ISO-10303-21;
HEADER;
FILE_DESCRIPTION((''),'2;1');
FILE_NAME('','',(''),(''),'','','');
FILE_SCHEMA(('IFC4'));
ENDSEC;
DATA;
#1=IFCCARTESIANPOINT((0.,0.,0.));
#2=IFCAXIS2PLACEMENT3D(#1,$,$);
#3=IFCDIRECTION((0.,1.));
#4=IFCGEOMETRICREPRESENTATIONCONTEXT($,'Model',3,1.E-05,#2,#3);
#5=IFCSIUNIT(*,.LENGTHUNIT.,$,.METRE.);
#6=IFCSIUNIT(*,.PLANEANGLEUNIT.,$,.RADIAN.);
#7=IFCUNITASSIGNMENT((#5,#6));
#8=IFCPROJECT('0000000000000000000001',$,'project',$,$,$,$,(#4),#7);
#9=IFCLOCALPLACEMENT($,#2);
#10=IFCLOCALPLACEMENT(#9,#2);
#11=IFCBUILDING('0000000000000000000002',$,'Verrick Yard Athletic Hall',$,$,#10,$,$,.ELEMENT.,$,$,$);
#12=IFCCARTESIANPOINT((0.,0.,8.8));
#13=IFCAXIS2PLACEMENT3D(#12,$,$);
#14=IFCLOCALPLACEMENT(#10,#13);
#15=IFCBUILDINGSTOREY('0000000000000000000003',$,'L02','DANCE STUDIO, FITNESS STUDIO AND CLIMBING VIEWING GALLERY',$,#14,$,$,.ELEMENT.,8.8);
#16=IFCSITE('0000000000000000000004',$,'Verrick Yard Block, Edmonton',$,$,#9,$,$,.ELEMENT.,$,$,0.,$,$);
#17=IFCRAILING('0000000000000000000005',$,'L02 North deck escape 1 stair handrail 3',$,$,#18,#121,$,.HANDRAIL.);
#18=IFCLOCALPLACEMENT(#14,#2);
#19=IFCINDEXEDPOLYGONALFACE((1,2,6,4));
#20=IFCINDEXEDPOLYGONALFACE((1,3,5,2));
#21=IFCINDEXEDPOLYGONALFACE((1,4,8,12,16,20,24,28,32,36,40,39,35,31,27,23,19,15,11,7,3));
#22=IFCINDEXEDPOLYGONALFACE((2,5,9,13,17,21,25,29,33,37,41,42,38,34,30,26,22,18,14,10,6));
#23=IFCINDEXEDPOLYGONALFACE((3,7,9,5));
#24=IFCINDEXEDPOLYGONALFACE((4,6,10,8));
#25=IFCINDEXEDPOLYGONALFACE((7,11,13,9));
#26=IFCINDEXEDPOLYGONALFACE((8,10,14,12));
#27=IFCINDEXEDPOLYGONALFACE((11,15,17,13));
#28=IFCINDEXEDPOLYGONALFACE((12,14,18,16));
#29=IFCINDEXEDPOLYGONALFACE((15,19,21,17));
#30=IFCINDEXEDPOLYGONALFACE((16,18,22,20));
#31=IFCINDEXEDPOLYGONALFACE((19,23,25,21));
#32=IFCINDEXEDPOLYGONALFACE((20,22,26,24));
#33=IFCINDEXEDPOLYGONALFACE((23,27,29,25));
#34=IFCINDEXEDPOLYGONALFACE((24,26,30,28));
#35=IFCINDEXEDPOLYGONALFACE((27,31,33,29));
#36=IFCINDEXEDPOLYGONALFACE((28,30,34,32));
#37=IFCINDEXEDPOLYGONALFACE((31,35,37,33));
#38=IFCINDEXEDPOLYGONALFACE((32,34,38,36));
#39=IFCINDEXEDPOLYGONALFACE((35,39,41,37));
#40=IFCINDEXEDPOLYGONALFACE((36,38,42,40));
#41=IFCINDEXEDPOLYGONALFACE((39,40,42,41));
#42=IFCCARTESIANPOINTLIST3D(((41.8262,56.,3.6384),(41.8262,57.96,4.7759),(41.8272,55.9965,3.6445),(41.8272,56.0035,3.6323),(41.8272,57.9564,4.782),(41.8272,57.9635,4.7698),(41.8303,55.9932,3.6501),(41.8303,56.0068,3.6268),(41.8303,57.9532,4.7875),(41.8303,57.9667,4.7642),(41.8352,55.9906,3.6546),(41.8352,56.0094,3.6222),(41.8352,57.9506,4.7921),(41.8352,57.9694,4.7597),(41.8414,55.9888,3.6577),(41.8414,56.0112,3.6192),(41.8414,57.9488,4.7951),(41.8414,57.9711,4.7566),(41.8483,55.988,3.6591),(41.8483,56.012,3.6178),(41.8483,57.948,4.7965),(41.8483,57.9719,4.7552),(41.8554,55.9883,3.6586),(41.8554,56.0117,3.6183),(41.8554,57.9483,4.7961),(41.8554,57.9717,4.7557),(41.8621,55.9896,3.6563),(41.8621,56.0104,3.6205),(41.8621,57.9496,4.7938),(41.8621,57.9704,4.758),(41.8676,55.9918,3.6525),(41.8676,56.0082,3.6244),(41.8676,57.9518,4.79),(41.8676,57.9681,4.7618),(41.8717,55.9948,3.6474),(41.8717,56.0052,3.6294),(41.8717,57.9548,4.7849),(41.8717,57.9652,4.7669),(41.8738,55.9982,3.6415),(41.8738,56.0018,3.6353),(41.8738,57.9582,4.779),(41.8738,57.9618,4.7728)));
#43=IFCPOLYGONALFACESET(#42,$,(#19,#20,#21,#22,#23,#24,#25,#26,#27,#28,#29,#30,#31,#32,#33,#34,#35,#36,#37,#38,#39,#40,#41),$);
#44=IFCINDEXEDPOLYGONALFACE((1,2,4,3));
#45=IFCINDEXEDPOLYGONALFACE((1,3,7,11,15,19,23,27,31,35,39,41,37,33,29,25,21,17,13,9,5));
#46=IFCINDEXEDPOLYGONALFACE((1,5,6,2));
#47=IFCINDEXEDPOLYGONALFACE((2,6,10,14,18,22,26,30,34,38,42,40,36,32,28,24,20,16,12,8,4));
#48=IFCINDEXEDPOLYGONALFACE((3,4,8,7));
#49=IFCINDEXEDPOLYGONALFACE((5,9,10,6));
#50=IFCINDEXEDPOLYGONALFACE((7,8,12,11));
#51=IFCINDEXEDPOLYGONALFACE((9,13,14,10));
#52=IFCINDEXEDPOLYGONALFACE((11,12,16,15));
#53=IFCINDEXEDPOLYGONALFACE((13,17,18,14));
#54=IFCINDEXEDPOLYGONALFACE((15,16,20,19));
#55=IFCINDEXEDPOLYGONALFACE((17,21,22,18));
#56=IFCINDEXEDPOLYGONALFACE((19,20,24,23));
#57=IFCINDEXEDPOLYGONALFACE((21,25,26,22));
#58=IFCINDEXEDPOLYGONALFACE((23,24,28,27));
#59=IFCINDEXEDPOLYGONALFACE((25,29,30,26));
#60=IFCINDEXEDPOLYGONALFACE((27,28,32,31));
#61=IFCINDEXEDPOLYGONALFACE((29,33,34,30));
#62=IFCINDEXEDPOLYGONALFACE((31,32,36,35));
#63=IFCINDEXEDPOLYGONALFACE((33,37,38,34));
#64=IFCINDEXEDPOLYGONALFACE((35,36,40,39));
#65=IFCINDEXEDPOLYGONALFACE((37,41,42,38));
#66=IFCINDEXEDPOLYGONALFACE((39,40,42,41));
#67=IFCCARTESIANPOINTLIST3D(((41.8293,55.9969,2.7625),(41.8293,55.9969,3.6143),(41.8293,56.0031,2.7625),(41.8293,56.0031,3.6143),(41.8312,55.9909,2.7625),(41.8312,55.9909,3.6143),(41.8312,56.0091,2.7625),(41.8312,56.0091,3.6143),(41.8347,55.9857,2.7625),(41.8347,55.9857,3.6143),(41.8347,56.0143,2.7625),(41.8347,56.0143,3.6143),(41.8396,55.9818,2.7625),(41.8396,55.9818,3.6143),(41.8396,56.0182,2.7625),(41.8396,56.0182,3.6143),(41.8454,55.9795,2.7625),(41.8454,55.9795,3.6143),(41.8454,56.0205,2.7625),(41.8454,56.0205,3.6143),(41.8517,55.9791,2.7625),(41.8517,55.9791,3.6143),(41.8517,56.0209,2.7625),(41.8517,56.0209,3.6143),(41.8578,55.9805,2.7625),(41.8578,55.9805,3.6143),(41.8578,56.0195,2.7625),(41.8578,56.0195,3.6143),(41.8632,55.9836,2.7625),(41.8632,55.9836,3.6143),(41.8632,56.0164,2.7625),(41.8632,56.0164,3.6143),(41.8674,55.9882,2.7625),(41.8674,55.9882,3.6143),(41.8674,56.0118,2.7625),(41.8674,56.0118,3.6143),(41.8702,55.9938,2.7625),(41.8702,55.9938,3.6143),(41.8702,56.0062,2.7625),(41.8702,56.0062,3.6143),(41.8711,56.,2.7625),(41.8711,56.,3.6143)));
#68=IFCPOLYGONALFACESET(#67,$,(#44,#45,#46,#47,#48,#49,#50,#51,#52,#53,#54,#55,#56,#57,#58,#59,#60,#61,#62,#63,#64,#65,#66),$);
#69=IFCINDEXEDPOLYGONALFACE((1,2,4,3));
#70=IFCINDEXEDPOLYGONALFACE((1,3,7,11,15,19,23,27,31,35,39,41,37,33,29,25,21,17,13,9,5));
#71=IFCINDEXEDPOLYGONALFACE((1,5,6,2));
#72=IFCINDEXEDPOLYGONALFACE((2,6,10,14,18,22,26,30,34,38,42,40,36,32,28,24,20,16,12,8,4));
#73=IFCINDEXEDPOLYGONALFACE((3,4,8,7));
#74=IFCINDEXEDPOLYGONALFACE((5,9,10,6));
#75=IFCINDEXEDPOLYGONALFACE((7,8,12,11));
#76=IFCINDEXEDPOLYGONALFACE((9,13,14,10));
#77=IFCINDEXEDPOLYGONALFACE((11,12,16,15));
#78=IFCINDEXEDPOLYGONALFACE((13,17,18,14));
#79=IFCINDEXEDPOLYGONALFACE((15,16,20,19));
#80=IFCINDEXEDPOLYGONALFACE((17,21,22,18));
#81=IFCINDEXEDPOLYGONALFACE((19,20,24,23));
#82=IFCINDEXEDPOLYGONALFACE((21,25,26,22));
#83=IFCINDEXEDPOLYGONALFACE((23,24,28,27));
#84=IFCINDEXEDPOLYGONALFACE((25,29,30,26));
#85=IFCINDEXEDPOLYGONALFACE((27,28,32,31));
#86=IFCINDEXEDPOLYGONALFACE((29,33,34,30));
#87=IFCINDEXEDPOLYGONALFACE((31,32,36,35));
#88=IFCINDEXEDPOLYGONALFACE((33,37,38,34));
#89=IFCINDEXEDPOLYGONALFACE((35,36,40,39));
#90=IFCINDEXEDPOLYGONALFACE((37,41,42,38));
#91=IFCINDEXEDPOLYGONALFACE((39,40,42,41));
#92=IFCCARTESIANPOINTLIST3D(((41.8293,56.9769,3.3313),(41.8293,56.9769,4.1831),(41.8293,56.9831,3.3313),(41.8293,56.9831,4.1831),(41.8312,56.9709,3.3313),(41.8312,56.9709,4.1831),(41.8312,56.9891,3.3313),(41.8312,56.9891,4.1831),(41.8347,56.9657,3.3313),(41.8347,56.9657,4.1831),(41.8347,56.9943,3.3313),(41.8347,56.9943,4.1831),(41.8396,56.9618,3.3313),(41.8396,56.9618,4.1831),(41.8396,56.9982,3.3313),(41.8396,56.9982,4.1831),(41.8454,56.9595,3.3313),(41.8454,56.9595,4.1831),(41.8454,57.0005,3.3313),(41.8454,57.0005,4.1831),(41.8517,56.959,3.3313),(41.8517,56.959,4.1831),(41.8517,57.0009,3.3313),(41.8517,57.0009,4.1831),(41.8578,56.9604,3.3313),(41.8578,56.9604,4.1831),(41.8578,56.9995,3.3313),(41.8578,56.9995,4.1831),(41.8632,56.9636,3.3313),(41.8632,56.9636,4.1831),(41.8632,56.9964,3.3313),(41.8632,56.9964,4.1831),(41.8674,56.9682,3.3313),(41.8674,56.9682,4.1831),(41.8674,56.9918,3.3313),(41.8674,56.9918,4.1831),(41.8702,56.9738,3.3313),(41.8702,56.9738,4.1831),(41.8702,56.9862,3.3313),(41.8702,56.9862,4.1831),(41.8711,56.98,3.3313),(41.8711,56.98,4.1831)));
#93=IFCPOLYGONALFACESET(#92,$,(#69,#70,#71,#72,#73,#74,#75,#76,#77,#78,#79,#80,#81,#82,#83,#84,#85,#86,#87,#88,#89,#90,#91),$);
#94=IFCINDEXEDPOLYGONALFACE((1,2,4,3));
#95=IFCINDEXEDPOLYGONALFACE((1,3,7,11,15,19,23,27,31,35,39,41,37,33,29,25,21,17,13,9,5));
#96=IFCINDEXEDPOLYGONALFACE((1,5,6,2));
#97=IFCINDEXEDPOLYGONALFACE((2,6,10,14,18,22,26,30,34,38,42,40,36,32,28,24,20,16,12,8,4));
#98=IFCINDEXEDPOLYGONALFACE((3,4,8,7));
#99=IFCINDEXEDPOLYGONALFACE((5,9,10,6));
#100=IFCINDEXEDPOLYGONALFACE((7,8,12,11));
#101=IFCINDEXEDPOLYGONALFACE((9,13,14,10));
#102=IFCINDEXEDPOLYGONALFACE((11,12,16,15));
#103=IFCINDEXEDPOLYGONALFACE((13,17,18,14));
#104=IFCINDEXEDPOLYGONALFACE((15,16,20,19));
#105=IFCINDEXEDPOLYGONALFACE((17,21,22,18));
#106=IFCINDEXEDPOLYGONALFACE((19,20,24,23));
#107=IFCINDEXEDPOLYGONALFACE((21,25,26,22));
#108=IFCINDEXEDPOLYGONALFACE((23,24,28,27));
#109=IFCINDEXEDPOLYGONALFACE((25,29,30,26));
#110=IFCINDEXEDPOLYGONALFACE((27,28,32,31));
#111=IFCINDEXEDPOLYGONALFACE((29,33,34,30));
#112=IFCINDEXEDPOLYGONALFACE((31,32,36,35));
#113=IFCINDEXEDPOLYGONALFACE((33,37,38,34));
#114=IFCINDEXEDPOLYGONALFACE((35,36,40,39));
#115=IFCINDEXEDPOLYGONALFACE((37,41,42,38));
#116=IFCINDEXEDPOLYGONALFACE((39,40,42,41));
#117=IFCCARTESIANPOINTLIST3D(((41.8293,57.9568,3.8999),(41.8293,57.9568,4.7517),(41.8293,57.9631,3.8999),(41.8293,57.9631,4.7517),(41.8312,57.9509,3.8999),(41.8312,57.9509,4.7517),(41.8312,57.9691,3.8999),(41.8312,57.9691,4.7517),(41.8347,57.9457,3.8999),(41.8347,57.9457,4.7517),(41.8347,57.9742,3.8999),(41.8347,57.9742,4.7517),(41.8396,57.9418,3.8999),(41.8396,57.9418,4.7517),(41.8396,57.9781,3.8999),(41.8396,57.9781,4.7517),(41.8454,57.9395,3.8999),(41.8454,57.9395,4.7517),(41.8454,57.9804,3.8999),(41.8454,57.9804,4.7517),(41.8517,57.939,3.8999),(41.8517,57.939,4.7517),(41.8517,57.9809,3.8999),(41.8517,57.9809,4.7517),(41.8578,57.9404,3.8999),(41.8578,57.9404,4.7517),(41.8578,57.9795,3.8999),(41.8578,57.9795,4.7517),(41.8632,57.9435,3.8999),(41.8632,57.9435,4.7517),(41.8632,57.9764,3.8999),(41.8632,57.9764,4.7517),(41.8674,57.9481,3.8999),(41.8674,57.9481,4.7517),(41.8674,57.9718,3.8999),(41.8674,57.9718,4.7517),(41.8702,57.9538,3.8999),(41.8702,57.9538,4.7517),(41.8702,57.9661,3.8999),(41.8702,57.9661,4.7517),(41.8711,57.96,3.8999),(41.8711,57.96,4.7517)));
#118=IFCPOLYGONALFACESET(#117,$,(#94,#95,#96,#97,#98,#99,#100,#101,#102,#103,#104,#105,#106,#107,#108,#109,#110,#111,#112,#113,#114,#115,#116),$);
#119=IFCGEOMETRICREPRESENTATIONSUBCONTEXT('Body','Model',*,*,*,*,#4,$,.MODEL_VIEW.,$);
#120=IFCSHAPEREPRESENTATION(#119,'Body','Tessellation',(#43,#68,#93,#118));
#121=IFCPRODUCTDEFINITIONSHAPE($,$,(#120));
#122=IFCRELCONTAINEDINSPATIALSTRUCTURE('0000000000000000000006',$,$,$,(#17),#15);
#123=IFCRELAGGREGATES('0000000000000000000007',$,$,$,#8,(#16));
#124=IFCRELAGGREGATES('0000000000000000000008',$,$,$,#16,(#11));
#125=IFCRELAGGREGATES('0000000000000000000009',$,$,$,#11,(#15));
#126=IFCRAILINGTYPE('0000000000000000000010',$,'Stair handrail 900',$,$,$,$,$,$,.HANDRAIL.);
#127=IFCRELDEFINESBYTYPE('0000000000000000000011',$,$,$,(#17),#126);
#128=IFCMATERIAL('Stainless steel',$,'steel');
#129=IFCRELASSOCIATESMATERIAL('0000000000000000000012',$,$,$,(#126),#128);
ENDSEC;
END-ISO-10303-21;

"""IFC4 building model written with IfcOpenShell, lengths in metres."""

from ifc_helpers import new_model, si_unit, direction, frame, origin, origin_2d, place, context, subcontext, project, spatial, circle, extrude, material, type_object, element, save


model = new_model("IFC4")

# Units and contexts
model_context = context("Model", 3, precision=1e-05, world=origin(), true_north=direction((0.0, 1.0)))
body_context = subcontext(model_context, "Body", "Model", "MODEL_VIEW")
ifc_project = project(units=[si_unit("LENGTHUNIT", "METRE"), si_unit("PLANEANGLEUNIT", "RADIAN")], contexts=[model_context])

# Site, building, storey
site_placement = place(None, origin())
site = spatial("IfcSite", under=ifc_project, at=site_placement, Name="Verrick Yard Block, Edmonton", CompositionType="ELEMENT", RefElevation=0.0)
building_placement = place(site_placement, origin())
building = spatial("IfcBuilding", under=site, at=building_placement, Name="Verrick Yard Athletic Hall", CompositionType="ELEMENT")
storey_placement = place(building_placement, frame((0.0, 0.0, 8.8)))
storey = spatial("IfcBuildingStorey", under=building, at=storey_placement, Name="L02", Description="DANCE STUDIO, FITNESS STUDIO AND CLIMBING VIEWING GALLERY", CompositionType="ELEMENT", Elevation=8.8)

# Railing
ifc_material_1 = material(Name="Stainless steel", Category="steel")
railing_type_1 = type_object("IfcRailingType", Name="Stair handrail 900", PredefinedType="HANDRAIL", material=ifc_material_1)
railing_1_placement = place(storey_placement, frame((41.8501, 56.0, 2.7625)))
element("IfcRailing", 1, at=railing_1_placement, inside=storey, type_object=railing_type_1, Name="L02 North deck escape 1 stair handrail 3", PredefinedType="HANDRAIL", context=body_context, shape_type="SweptSolid", body=[
    extrude(circle(Radius=0.0239, at=origin_2d()), frame((0.0, 0.0, 0.876), z_axis=(0.0, 0.864902, 0.501941), x_axis=(-1.0, 0.0, 0.0)), (0.0, 0.0, 1.0), 2.2661),
    extrude(circle(Radius=0.021, at=origin_2d()), origin(), (0.0, 0.0, 1.0), 0.8518),
    extrude(circle(Radius=0.021, at=origin_2d()), frame((0.0, 0.98, 0.5688)), (0.0, 0.0, 1.0), 0.8518),
    extrude(circle(Radius=0.021, at=origin_2d()), frame((0.0, 1.96, 1.1375)), (0.0, 0.0, 1.0), 0.8518),
])

save(model, "model.ifc")
